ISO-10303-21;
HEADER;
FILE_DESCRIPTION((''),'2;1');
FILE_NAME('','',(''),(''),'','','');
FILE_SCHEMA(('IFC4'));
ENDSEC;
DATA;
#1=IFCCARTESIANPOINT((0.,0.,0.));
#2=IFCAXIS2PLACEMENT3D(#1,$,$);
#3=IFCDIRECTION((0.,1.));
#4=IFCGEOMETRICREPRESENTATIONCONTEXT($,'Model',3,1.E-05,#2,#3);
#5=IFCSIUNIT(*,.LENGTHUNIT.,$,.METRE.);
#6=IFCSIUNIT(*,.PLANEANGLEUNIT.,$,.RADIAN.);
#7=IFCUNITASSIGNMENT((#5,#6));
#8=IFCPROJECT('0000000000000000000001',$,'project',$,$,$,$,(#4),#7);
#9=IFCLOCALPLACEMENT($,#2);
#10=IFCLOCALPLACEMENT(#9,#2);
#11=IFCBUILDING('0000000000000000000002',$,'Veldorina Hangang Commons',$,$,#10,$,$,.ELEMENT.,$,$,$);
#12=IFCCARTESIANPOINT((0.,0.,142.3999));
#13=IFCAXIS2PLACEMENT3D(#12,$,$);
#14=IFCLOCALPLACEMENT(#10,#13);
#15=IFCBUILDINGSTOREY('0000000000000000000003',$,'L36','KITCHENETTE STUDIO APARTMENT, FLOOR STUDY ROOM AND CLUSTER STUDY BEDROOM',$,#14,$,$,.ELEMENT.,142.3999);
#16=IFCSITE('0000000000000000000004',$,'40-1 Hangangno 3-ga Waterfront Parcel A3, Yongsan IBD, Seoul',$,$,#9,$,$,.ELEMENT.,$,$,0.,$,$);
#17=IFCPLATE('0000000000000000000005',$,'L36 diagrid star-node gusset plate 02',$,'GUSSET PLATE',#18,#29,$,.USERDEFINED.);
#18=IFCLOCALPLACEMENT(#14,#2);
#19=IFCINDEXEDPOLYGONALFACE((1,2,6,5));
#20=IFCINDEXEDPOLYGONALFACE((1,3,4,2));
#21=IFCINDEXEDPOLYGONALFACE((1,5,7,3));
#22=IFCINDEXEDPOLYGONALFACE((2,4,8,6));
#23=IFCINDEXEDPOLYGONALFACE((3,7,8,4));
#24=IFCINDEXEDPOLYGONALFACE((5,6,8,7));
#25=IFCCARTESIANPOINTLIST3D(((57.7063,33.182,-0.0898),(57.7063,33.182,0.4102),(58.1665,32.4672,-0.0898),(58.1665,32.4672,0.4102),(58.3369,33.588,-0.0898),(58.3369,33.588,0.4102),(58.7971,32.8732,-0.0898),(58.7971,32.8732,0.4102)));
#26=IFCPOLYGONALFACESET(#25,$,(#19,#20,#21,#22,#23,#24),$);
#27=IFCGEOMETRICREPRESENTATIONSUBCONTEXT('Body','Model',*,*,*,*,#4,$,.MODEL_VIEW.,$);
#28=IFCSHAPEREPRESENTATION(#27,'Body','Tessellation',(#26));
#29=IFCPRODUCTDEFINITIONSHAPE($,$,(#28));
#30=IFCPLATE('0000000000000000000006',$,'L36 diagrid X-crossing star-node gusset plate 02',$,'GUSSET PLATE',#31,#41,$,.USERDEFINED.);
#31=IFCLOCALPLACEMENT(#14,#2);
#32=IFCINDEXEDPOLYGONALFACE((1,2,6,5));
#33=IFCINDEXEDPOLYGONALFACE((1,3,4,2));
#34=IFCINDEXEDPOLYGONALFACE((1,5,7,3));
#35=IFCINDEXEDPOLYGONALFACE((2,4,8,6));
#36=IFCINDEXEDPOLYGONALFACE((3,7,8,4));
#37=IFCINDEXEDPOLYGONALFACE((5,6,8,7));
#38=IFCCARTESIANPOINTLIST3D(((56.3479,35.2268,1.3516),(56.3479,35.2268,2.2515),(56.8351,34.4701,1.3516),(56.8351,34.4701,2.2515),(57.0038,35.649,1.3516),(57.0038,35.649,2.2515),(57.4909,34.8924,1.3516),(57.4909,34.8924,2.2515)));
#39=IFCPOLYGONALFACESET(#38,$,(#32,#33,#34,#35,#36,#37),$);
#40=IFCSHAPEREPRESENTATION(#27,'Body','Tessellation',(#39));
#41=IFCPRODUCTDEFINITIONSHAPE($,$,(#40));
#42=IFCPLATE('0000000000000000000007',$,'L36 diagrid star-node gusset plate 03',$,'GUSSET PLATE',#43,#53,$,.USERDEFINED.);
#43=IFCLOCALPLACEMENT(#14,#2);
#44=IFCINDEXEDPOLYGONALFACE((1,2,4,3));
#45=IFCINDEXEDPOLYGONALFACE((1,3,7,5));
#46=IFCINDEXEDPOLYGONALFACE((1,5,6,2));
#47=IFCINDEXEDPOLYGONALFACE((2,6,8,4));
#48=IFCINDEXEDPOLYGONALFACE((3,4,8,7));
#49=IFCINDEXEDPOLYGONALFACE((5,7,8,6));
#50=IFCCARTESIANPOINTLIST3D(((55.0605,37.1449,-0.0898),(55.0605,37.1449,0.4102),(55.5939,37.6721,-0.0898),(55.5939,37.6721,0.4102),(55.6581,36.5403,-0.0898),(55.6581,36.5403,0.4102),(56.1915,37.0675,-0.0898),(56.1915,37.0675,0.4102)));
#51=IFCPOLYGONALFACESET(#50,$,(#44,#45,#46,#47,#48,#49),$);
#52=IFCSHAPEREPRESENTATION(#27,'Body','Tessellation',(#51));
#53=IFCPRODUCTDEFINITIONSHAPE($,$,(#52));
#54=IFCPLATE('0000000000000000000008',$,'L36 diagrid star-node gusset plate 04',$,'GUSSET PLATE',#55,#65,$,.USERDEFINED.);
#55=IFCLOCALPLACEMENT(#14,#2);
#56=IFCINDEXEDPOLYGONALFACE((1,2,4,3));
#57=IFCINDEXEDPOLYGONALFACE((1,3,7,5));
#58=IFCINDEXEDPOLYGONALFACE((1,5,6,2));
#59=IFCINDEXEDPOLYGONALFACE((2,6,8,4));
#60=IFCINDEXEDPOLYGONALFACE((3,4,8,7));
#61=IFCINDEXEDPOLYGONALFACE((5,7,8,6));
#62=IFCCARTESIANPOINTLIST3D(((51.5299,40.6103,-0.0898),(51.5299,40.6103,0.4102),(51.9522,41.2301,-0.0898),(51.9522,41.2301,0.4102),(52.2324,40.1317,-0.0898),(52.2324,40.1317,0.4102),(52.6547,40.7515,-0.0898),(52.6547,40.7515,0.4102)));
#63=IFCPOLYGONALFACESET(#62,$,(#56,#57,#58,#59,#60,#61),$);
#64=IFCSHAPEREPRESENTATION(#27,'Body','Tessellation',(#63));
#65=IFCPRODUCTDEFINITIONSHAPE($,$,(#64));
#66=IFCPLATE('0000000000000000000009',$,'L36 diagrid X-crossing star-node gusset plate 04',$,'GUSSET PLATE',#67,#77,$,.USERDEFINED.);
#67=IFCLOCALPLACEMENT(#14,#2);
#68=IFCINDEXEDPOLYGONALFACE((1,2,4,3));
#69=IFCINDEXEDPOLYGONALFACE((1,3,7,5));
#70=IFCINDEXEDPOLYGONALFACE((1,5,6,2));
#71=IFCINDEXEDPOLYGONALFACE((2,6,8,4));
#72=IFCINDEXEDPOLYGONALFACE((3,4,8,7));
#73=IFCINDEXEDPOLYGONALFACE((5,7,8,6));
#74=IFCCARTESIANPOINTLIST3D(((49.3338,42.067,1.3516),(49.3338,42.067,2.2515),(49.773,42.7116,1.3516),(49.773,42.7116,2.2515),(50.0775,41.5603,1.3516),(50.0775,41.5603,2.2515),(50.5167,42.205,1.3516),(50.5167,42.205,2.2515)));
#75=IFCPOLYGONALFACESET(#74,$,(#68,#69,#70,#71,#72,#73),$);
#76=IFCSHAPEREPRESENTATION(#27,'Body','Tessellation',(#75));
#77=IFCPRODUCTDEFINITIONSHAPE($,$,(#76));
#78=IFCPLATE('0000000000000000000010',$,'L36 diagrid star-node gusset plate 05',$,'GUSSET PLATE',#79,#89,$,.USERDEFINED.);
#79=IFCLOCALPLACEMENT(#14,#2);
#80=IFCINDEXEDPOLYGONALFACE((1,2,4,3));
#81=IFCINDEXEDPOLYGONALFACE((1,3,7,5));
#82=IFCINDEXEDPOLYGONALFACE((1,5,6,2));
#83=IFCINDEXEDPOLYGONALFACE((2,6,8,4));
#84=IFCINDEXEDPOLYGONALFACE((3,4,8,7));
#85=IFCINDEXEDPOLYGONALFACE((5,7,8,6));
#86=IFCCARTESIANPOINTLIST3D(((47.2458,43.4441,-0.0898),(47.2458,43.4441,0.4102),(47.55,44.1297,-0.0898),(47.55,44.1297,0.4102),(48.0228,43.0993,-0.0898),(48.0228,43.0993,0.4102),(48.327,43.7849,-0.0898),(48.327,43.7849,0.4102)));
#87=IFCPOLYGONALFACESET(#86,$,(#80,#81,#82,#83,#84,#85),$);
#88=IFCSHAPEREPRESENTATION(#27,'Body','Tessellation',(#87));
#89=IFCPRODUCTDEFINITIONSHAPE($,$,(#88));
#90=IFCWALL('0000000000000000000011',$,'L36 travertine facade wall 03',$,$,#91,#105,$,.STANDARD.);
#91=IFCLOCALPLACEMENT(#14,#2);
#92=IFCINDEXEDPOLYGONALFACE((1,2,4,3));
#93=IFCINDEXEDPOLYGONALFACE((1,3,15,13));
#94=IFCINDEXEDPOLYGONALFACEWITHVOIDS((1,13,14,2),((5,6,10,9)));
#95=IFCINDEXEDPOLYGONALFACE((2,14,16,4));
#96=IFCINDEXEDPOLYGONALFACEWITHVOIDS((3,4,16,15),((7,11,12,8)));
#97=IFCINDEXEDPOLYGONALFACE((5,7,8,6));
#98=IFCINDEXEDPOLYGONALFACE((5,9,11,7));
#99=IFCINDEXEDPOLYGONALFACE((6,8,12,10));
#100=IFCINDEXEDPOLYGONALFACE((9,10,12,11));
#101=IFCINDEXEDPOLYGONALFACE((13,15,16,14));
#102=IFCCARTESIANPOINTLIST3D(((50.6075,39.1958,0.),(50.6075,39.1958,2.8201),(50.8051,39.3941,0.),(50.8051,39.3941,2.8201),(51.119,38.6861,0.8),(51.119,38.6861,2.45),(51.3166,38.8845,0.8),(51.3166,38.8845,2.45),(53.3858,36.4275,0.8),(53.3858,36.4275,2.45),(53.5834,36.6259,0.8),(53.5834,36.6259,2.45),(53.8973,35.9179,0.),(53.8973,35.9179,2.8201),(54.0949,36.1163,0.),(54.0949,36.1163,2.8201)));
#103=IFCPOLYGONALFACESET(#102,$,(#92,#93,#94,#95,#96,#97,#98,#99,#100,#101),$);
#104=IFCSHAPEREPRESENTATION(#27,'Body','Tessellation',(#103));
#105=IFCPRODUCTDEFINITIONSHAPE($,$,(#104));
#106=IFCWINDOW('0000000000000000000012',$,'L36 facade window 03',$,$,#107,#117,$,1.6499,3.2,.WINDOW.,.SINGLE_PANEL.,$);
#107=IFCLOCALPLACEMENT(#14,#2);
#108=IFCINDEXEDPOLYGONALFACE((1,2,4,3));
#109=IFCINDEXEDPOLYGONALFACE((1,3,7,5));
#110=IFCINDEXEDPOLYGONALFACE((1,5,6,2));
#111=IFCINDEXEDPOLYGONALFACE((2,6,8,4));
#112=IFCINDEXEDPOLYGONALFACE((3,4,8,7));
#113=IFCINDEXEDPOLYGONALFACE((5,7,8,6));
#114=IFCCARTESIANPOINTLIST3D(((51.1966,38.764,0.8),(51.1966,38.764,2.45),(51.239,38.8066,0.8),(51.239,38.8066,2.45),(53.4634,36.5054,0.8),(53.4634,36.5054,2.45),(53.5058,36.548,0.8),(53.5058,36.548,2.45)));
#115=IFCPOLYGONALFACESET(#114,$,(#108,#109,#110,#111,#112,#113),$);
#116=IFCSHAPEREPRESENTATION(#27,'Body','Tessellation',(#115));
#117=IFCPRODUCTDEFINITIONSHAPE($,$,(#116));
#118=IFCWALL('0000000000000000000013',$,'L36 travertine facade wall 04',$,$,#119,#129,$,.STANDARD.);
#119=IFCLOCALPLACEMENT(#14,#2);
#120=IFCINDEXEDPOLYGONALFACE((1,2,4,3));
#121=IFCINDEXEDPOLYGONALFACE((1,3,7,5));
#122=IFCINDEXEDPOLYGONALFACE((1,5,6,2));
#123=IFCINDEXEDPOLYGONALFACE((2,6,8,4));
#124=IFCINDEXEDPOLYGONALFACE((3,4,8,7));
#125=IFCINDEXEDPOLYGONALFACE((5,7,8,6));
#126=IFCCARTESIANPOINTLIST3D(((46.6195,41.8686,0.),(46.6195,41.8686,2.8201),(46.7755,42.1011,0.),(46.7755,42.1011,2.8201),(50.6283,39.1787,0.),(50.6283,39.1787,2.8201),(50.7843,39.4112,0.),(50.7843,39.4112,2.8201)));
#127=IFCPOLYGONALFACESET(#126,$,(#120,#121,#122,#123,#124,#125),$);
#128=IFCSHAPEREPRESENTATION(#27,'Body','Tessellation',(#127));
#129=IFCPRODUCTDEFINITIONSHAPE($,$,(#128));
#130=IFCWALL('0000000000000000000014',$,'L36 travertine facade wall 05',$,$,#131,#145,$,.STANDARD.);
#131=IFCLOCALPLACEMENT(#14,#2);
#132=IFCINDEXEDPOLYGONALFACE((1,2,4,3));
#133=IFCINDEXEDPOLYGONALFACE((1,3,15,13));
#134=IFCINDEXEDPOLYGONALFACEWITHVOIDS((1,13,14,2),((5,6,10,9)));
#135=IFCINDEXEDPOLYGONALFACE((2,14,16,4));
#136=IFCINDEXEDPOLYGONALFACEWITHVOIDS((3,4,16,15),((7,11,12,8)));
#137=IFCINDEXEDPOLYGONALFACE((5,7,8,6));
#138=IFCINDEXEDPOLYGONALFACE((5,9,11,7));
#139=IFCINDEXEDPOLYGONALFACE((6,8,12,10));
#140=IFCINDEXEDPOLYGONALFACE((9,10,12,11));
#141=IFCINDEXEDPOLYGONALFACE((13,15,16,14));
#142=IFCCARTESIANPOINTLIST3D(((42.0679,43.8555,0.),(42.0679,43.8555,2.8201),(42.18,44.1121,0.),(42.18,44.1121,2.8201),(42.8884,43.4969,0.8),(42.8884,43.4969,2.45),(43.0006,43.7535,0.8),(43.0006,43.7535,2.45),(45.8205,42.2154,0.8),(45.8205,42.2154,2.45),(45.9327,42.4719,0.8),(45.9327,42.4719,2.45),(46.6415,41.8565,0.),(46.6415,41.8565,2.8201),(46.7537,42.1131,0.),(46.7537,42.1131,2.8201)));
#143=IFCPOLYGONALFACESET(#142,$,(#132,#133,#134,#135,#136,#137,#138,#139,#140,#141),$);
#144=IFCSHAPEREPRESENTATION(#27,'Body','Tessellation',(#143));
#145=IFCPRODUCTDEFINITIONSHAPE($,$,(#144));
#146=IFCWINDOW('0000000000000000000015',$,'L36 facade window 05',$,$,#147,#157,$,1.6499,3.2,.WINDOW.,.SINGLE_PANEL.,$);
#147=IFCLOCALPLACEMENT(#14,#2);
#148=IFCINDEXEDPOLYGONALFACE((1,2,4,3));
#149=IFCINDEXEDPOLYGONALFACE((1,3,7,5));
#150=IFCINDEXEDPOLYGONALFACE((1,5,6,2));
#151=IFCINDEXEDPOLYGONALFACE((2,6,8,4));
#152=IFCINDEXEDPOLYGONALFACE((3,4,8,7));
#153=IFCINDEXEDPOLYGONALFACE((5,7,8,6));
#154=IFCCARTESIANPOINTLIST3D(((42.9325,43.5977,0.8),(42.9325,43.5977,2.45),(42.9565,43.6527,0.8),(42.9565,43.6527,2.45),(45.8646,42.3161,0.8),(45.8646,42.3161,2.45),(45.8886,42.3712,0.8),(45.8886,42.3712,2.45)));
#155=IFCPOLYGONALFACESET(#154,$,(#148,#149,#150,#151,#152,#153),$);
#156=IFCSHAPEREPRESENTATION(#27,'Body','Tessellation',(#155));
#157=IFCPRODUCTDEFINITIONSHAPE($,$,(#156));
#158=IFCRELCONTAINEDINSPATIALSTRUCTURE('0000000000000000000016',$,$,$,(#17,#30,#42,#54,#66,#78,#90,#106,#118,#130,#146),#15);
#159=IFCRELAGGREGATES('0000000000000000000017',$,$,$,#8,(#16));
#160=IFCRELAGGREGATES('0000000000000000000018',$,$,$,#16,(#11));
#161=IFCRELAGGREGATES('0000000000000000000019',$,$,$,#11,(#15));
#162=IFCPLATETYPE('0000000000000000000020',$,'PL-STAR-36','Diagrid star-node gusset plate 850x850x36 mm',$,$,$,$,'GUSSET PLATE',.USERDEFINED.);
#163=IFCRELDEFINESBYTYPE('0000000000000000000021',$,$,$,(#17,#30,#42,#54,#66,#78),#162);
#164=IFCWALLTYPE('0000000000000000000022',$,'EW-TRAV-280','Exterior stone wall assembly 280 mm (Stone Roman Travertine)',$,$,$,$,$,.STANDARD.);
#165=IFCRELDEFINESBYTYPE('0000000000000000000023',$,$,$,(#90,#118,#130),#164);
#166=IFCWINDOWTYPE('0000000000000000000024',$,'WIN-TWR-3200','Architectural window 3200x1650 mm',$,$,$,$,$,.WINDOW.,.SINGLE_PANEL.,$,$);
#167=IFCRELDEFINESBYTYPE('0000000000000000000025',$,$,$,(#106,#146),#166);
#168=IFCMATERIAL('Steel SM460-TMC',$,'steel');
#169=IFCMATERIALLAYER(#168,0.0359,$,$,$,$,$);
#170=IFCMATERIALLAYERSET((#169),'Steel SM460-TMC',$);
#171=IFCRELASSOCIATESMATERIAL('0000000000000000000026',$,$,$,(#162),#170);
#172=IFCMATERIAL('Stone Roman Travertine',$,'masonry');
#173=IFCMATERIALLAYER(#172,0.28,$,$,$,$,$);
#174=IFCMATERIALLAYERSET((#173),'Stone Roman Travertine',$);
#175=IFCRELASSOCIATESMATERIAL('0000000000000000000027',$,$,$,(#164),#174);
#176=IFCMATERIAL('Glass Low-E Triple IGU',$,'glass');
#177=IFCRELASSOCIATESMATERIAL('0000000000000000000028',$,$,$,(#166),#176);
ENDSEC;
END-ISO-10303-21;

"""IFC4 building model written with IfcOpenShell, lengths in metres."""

from ifc_helpers import new_model, si_unit, direction, frame, frame_2d, origin, origin_2d, place, context, subcontext, project, spatial, rectangle, extrude, material, layer, layer_set, type_object, element, fill, save


model = new_model("IFC4")

# Units and contexts
model_context = context("Model", 3, precision=1e-05, world=origin(), true_north=direction((0.0, 1.0)))
body_context = subcontext(model_context, "Body", "Model", "MODEL_VIEW")
ifc_project = project(units=[si_unit("LENGTHUNIT", "METRE"), si_unit("PLANEANGLEUNIT", "RADIAN")], contexts=[model_context])

# Site, building, storey
site_placement = place(None, origin())
site = spatial("IfcSite", under=ifc_project, at=site_placement, Name="40-1 Hangangno 3-ga Waterfront Parcel A3, Yongsan IBD, Seoul", CompositionType="ELEMENT", RefElevation=0.0)
building_placement = place(site_placement, origin())
building = spatial("IfcBuilding", under=site, at=building_placement, Name="Veldorina Hangang Commons", CompositionType="ELEMENT")
storey_placement = place(building_placement, frame((0.0, 0.0, 142.3999)))
storey = spatial("IfcBuildingStorey", under=building, at=storey_placement, Name="L36", Description="KITCHENETTE STUDIO APARTMENT, FLOOR STUDY ROOM AND CLUSTER STUDY BEDROOM", CompositionType="ELEMENT", Elevation=142.3999)

# Plates
ifc_material_1 = material(Name="Steel SM460-TMC", Category="steel")
ifc_layer_1 = layer(ifc_material_1, 0.0359)
ifc_layer_set_1 = layer_set([ifc_layer_1], Name="Steel SM460-TMC")
plate_type = type_object("IfcPlateType", Name="PL-STAR-36", Description="Diagrid star-node gusset plate 850x850x36 mm", ElementType="GUSSET PLATE", PredefinedType="USERDEFINED", material=ifc_layer_set_1)
plate_1_placement = place(storey_placement, frame((58.2517, 33.0276, -0.0898), z_axis=(0.0, 0.0, 1.0), x_axis=(-0.541327, 0.840812, 0.0)))
element("IfcPlate", 1, at=plate_1_placement, inside=storey, type_object=plate_type, Name="L36 diagrid star-node gusset plate 02", ObjectType="GUSSET PLATE", PredefinedType="USERDEFINED", context=body_context, shape_type="SweptSolid", body=[
    extrude(rectangle(XDim=0.8501, YDim=0.75, at=origin_2d()), origin(), (0.0, 0.0, 1.0), 0.5),
])
plate_2_placement = place(storey_placement, frame((56.9194, 35.0596, 1.3516), z_axis=(0.0, 0.0, 1.0), x_axis=(-0.541327, 0.840812, 0.0)))
element("IfcPlate", 2, at=plate_2_placement, inside=storey, type_object=plate_type, Name="L36 diagrid X-crossing star-node gusset plate 02", ObjectType="GUSSET PLATE", PredefinedType="USERDEFINED", context=body_context, shape_type="SweptSolid", body=[
    extrude(rectangle(XDim=0.8999, YDim=0.78, at=origin_2d()), origin(), (0.0, 0.0, 1.0), 0.8999),
])
for number, where, z_axis, x_axis, name in (
    (3, (55.626, 37.1062, -0.0898), (0.0, 0.0, 1.0), (-0.70301, 0.71118, 0.0), "L36 diagrid star-node gusset plate 03"),
    (4, (52.0923, 40.6809, -0.0898), (0.0, 0.0, 1.0), (-0.826423, 0.56305, 0.0), "L36 diagrid star-node gusset plate 04"),
):
    element("IfcPlate", number, at=place(storey_placement, frame(where, z_axis=z_axis, x_axis=x_axis)), inside=storey, type_object=plate_type, Name=name, ObjectType="GUSSET PLATE", PredefinedType="USERDEFINED", context=body_context, shape_type="SweptSolid", body=[
        extrude(rectangle(XDim=0.8501, YDim=0.75, at=origin_2d()), origin(), (0.0, 0.0, 1.0), 0.5),
    ])
plate_3_placement = place(storey_placement, frame((49.9253, 42.136, 1.3516), z_axis=(0.0, 0.0, 1.0), x_axis=(-0.826423, 0.56305, 0.0)))
element("IfcPlate", 5, at=plate_3_placement, inside=storey, type_object=plate_type, Name="L36 diagrid X-crossing star-node gusset plate 04", ObjectType="GUSSET PLATE", PredefinedType="USERDEFINED", context=body_context, shape_type="SweptSolid", body=[
    extrude(rectangle(XDim=0.8999, YDim=0.78, at=origin_2d()), origin(), (0.0, 0.0, 1.0), 0.8999),
])
plate_4_placement = place(storey_placement, frame((47.7864, 43.6145, -0.0898), z_axis=(0.0, 0.0, 1.0), x_axis=(-0.914042, 0.40562, 0.0)))
element("IfcPlate", 6, at=plate_4_placement, inside=storey, type_object=plate_type, Name="L36 diagrid star-node gusset plate 05", ObjectType="GUSSET PLATE", PredefinedType="USERDEFINED", context=body_context, shape_type="SweptSolid", body=[
    extrude(rectangle(XDim=0.8501, YDim=0.75, at=origin_2d()), origin(), (0.0, 0.0, 1.0), 0.5),
])

# Wall, opening, window
ifc_material_2 = material(Name="Stone Roman Travertine", Category="masonry")
ifc_layer_2 = layer(ifc_material_2, 0.28)
ifc_layer_set_2 = layer_set([ifc_layer_2], Name="Stone Roman Travertine")
wall_type_1 = type_object("IfcWallType", Name="EW-TRAV-280", Description="Exterior stone wall assembly 280 mm (Stone Roman Travertine)", PredefinedType="STANDARD", material=ifc_layer_set_2)
wall_1_placement = place(storey_placement, frame((53.9961, 36.0171, 0.0), z_axis=(0.0, 0.0, 1.0), x_axis=(-0.708394, 0.705818, 0.0)))
wall_1 = element("IfcWall", 7, at=wall_1_placement, inside=storey, type_object=wall_type_1, Name="L36 travertine facade wall 03", PredefinedType="STANDARD", context=body_context, shape_type="SweptSolid", body=[
    extrude(rectangle(XDim=4.644, YDim=0.28, at=frame_2d((2.322, 0.0))), origin(), (0.0, 0.0, 1.0), 2.8201),
])
opening_1_placement = place(wall_1_placement, frame((0.7219, 0.0, 0.8)))
opening_1 = element("IfcOpeningElement", 8, at=opening_1_placement, cuts=wall_1, PredefinedType="OPENING", context=body_context, shape_type="SweptSolid", body=[
    extrude(rectangle(XDim=3.2, YDim=1.6499, at=frame_2d((1.6001, 0.825))), frame((0.0, 0.1499, 0.0), z_axis=(0.0, -1.0, 0.0), x_axis=(1.0, 0.0, 0.0)), (0.0, 0.0, 1.0), 0.3),
])
ifc_material_3 = material(Name="Glass Low-E Triple IGU", Category="glass")
window_type = type_object("IfcWindowType", Name="WIN-TWR-3200", Description="Architectural window 3200x1650 mm", PartitioningType="SINGLE_PANEL", PredefinedType="WINDOW", material=ifc_material_3)
window_1_placement = place(opening_1_placement, origin())
window_1 = element("IfcWindow", 9, at=window_1_placement, inside=storey, type_object=window_type, Name="L36 facade window 03", OverallHeight=1.6499, OverallWidth=3.2, PartitioningType="SINGLE_PANEL", PredefinedType="WINDOW", context=body_context, shape_type="SweptSolid", body=[
    extrude(rectangle(XDim=3.2, YDim=1.6499, at=frame_2d((1.6001, 0.825))), frame((0.0, 0.03, 0.0), z_axis=(0.0, -1.0, 0.0), x_axis=(1.0, 0.0, 0.0)), (0.0, 0.0, 1.0), 0.0601),
])
fill(opening_1, window_1)

# Wall
wall_2_placement = place(storey_placement, frame((50.7063, 39.2949, 0.0), z_axis=(0.0, 0.0, 1.0), x_axis=(-0.830382, 0.557195, 0.0)))
element("IfcWall", 10, at=wall_2_placement, inside=storey, type_object=wall_type_1, Name="L36 travertine facade wall 04", PredefinedType="STANDARD", context=body_context, shape_type="SweptSolid", body=[
    extrude(rectangle(XDim=4.8276, YDim=0.28, at=frame_2d((2.4138, 0.0))), origin(), (0.0, 0.0, 1.0), 2.8201),
])

# Wall, opening, window
wall_3_placement = place(storey_placement, frame((46.6975, 41.9849, 0.0), z_axis=(0.0, 0.0, 1.0), x_axis=(-0.916303, 0.400485, 0.0)))
wall_3 = element("IfcWall", 11, at=wall_3_placement, inside=storey, type_object=wall_type_1, Name="L36 travertine facade wall 05", PredefinedType="STANDARD", context=body_context, shape_type="SweptSolid", body=[
    extrude(rectangle(XDim=4.9915, YDim=0.28, at=frame_2d((2.4956, 0.0))), origin(), (0.0, 0.0, 1.0), 2.8201),
])
opening_2_placement = place(wall_3_placement, frame((0.8958, 0.0, 0.8)))
opening_2 = element("IfcOpeningElement", 12, at=opening_2_placement, cuts=wall_3, PredefinedType="OPENING", context=body_context, shape_type="SweptSolid", body=[
    extrude(rectangle(XDim=3.2, YDim=1.6499, at=frame_2d((1.6001, 0.825))), frame((0.0, 0.1499, 0.0), z_axis=(0.0, -1.0, 0.0), x_axis=(1.0, 0.0, 0.0)), (0.0, 0.0, 1.0), 0.3),
])
window_2_placement = place(opening_2_placement, origin())
window_2 = element("IfcWindow", 13, at=window_2_placement, inside=storey, type_object=window_type, Name="L36 facade window 05", OverallHeight=1.6499, OverallWidth=3.2, PartitioningType="SINGLE_PANEL", PredefinedType="WINDOW", context=body_context, shape_type="SweptSolid", body=[
    extrude(rectangle(XDim=3.2, YDim=1.6499, at=frame_2d((1.6001, 0.825))), frame((0.0, 0.03, 0.0), z_axis=(0.0, -1.0, 0.0), x_axis=(1.0, 0.0, 0.0)), (0.0, 0.0, 1.0), 0.0601),
])
fill(opening_2, window_2)

save(model, "model.ifc")
